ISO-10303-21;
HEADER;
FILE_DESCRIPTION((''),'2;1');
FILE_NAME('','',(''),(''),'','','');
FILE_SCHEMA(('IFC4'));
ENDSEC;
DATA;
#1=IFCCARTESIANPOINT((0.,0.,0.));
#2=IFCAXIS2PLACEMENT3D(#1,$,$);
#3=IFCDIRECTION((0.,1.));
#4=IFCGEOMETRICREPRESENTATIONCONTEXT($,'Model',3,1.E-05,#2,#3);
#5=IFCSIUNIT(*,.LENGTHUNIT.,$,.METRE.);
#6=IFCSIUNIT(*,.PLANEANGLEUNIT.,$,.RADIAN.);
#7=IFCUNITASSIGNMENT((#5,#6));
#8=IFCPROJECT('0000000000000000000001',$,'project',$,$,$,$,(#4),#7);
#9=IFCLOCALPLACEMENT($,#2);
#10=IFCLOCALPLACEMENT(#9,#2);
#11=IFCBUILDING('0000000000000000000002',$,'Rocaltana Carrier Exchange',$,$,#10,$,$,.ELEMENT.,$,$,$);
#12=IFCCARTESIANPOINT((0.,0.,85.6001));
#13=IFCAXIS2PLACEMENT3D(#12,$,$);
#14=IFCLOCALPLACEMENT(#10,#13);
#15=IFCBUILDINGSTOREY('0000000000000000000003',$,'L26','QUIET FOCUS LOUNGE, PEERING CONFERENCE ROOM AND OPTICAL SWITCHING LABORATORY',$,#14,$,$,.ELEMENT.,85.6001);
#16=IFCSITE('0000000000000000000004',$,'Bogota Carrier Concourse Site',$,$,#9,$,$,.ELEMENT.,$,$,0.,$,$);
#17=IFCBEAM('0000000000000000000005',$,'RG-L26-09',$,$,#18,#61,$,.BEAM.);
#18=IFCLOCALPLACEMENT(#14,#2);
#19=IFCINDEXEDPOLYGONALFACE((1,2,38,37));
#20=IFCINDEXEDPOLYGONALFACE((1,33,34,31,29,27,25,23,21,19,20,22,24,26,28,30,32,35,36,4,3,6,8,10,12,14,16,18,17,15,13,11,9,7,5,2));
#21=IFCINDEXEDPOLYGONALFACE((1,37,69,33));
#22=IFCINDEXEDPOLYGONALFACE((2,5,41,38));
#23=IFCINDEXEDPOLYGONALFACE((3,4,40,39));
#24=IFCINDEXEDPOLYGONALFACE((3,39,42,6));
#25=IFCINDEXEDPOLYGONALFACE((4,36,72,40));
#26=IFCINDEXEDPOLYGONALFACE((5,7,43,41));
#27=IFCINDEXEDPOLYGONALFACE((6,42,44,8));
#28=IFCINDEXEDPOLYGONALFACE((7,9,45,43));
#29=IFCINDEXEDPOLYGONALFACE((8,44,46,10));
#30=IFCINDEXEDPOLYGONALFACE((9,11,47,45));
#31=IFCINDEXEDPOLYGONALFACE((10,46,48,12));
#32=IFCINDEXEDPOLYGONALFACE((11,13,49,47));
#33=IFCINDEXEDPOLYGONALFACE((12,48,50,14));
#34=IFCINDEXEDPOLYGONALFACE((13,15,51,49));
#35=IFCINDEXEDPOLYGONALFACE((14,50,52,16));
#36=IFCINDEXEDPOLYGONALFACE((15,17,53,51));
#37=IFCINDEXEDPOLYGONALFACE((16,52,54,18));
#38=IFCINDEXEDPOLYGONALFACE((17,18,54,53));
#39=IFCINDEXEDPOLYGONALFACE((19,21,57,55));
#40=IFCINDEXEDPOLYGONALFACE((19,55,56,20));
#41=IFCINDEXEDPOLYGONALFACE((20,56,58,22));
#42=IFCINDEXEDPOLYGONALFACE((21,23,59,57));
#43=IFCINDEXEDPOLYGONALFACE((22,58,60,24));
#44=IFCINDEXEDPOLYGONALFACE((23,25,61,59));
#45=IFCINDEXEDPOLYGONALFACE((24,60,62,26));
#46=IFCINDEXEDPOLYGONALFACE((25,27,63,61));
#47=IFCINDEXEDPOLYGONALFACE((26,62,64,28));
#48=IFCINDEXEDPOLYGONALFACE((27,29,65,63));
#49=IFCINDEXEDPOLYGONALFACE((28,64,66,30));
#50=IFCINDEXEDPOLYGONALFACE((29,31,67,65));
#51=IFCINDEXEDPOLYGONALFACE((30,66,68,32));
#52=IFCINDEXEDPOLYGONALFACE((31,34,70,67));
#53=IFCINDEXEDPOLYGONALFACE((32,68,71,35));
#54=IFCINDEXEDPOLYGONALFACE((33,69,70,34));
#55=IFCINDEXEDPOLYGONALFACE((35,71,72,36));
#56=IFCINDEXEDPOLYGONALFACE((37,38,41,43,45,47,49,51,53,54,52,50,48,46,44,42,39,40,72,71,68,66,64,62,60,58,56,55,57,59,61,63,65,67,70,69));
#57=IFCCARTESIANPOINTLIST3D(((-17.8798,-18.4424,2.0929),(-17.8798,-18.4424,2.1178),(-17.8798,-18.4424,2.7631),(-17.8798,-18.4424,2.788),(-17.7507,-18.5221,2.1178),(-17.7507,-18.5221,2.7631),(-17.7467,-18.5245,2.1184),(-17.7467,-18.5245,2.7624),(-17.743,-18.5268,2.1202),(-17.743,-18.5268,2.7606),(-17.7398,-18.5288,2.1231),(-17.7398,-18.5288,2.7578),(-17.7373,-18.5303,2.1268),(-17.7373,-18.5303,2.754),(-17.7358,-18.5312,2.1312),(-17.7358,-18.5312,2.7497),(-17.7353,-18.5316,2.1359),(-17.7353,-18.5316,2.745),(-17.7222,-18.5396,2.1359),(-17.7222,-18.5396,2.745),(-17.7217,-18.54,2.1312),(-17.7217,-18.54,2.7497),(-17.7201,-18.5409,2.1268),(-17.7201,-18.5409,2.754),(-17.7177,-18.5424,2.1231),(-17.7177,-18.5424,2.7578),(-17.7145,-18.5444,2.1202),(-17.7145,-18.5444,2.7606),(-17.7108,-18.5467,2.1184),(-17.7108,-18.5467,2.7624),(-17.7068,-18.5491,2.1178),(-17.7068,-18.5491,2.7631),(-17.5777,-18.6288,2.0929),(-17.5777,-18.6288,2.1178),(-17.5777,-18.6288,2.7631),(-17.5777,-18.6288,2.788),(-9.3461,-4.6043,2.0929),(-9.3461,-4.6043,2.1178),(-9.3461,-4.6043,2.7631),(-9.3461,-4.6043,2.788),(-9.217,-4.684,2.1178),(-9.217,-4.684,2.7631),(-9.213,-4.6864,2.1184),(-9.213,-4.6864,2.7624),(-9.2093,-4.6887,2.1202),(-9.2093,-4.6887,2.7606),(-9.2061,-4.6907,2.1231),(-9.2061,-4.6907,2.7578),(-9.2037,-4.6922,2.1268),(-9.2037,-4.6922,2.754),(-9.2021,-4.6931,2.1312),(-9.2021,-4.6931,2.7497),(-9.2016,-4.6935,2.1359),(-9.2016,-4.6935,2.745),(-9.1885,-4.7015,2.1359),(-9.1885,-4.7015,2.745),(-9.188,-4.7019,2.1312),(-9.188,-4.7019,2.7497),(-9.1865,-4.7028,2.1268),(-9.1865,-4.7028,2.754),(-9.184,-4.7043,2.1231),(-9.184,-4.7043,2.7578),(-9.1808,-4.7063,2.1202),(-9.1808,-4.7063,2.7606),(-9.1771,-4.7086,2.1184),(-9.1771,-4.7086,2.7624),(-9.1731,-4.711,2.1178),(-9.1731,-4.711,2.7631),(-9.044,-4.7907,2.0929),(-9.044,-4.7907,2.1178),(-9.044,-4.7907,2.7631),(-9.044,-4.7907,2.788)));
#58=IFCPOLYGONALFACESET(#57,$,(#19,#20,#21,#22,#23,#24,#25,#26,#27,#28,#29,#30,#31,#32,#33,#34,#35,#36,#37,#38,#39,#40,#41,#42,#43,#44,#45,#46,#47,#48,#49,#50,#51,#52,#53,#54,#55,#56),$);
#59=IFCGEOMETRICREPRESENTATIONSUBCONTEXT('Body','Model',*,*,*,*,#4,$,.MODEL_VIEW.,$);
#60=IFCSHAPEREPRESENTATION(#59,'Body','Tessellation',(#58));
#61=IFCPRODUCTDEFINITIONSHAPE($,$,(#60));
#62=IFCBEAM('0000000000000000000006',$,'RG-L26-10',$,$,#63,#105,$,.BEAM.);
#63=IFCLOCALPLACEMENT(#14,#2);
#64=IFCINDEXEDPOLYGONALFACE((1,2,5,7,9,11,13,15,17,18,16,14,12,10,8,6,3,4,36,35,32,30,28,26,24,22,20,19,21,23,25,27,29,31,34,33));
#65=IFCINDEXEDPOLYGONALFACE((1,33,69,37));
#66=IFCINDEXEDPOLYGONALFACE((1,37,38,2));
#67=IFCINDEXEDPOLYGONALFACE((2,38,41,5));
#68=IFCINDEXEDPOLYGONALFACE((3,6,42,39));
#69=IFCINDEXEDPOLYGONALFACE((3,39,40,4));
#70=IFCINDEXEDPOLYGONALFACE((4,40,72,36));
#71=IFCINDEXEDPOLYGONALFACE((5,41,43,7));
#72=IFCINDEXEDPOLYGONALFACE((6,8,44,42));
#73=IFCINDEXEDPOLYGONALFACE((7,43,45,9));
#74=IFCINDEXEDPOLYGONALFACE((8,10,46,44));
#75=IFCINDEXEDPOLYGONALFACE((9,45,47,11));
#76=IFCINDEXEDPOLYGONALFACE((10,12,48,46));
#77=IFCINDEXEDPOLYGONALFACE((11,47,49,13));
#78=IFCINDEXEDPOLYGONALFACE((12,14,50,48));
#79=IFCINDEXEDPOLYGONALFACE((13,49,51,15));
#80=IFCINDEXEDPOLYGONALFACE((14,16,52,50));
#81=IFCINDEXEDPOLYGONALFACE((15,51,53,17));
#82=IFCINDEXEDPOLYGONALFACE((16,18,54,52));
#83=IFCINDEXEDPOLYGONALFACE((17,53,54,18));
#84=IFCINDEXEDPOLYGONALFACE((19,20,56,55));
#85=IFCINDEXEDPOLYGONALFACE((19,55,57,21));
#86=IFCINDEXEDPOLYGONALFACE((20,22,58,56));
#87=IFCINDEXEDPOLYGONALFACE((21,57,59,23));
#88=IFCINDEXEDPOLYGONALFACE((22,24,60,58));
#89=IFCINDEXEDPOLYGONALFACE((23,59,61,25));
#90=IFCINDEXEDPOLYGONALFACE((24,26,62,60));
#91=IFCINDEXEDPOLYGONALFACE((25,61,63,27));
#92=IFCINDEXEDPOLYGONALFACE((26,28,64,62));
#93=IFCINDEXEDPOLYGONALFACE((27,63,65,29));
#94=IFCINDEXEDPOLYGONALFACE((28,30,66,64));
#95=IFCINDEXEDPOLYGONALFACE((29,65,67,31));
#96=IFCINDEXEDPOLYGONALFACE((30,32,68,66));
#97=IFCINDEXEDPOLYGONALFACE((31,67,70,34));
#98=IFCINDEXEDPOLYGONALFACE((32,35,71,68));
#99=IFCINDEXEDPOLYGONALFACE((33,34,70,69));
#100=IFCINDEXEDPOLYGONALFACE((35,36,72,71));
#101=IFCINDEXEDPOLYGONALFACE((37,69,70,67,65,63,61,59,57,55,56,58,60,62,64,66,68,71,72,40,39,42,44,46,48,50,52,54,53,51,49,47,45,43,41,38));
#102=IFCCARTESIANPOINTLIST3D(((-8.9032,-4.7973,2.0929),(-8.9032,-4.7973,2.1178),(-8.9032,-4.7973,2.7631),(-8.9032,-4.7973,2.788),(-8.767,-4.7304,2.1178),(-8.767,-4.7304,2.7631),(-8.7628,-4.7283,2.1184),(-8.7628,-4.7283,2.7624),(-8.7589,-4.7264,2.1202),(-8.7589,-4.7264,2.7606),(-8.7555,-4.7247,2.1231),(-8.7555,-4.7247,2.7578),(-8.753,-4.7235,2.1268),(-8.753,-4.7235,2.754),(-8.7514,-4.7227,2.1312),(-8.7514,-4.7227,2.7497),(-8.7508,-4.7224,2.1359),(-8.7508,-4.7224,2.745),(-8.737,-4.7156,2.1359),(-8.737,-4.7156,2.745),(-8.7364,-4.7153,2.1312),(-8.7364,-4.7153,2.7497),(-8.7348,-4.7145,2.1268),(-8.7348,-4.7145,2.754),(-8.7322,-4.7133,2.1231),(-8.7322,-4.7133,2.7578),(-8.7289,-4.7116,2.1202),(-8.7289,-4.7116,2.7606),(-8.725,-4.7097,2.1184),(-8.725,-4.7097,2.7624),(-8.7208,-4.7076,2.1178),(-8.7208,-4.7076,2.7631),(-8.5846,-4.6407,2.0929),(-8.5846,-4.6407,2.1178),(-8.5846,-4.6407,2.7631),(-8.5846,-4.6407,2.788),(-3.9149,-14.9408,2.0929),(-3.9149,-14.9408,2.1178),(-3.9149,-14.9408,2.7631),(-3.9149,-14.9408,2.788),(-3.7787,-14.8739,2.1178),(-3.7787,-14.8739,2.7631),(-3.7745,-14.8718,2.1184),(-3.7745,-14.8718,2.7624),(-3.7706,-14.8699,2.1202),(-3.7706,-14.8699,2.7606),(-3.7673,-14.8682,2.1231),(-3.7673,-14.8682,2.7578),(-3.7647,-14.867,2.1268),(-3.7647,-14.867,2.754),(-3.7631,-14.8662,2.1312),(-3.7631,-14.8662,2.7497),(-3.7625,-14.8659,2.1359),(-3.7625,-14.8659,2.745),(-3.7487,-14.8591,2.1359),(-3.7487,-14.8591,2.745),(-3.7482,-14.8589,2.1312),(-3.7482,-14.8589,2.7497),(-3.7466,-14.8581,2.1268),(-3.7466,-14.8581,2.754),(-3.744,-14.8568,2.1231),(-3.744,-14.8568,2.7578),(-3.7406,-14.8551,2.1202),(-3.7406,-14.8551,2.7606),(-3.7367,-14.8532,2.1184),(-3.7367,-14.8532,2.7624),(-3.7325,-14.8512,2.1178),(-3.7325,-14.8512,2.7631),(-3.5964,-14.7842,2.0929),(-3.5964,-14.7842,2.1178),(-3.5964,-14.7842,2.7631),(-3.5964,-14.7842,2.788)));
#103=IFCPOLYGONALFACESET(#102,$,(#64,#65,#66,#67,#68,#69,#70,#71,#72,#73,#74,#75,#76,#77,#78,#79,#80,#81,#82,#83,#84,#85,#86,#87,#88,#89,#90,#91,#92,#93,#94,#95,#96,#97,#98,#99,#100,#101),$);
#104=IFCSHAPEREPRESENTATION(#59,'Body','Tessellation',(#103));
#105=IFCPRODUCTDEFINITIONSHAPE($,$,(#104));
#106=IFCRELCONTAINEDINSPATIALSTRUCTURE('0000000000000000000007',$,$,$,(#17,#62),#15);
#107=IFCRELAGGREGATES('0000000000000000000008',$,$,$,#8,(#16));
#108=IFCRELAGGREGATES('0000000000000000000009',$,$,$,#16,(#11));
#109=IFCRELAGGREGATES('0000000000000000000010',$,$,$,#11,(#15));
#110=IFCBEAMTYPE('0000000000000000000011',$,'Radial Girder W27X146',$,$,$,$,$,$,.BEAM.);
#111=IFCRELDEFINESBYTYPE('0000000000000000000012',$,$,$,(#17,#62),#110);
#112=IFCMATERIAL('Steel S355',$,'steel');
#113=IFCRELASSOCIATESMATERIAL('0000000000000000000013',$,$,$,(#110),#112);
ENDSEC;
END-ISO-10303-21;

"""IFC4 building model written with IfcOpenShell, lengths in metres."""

from ifc_helpers import new_model, si_unit, direction, frame, origin, origin_2d, place, context, subcontext, project, spatial, i_section, extrude, material, material_profile, profile_set, type_object, element, save


model = new_model("IFC4")

# Units and contexts
model_context = context("Model", 3, precision=1e-05, world=origin(), true_north=direction((0.0, 1.0)))
body_context = subcontext(model_context, "Body", "Model", "MODEL_VIEW")
ifc_project = project(units=[si_unit("LENGTHUNIT", "METRE"), si_unit("PLANEANGLEUNIT", "RADIAN")], contexts=[model_context])

# Site, building, storey
site_placement = place(None, origin())
site = spatial("IfcSite", under=ifc_project, at=site_placement, Name="Bogota Carrier Concourse Site", CompositionType="ELEMENT", RefElevation=0.0)
building_placement = place(site_placement, origin())
building = spatial("IfcBuilding", under=site, at=building_placement, Name="Rocaltana Carrier Exchange", CompositionType="ELEMENT")
storey_placement = place(building_placement, frame((0.0, 0.0, 85.6001)))
storey = spatial("IfcBuildingStorey", under=building, at=storey_placement, Name="L26", Description="QUIET FOCUS LOUNGE, PEERING CONFERENCE ROOM AND OPTICAL SWITCHING LABORATORY", CompositionType="ELEMENT", Elevation=85.6001)

# Beams
ifc_material_1 = material(Name="Steel S355", Category="steel")
ifc_material_profile_1 = material_profile(ifc_material_1, i_section(OverallWidth=0.355, OverallDepth=0.6951, WebThickness=0.0154, FlangeThickness=0.0249, FilletRadius=0.0181, at=origin_2d()), Name="W27X146")
ifc_profile_set_1 = profile_set([ifc_material_profile_1], Name="Steel S355")
beam_type = type_object("IfcBeamType", Name="Radial Girder W27X146", PredefinedType="BEAM", material=ifc_profile_set_1)
beam_1_placement = place(storey_placement, frame((-9.1951, -4.6975, 2.4404), z_axis=(-0.524896, -0.851166, 0.0), x_axis=(0.851166, -0.524896, 0.0)))
element("IfcBeam", 1, at=beam_1_placement, inside=storey, type_object=beam_type, Name="RG-L26-09", PredefinedType="BEAM", context=body_context, shape_type="SweptSolid", body=[
    extrude(i_section(OverallWidth=0.355, OverallDepth=0.6951, WebThickness=0.0154, FlangeThickness=0.0249, FilletRadius=0.0181, at=origin_2d()), origin(), (0.0, 0.0, 1.0), 16.2578),
])
beam_2_placement = place(storey_placement, frame((-8.7439, -4.719, 2.4404), z_axis=(0.441295, -0.897362, 0.0), x_axis=(0.897362, 0.441295, 0.0)))
element("IfcBeam", 2, at=beam_2_placement, inside=storey, type_object=beam_type, Name="RG-L26-10", PredefinedType="BEAM", context=body_context, shape_type="SweptSolid", body=[
    extrude(i_section(OverallWidth=0.355, OverallDepth=0.6951, WebThickness=0.0154, FlangeThickness=0.0249, FilletRadius=0.0181, at=origin_2d()), origin(), (0.0, 0.0, 1.0), 11.3037),
])

save(model, "model.ifc")
